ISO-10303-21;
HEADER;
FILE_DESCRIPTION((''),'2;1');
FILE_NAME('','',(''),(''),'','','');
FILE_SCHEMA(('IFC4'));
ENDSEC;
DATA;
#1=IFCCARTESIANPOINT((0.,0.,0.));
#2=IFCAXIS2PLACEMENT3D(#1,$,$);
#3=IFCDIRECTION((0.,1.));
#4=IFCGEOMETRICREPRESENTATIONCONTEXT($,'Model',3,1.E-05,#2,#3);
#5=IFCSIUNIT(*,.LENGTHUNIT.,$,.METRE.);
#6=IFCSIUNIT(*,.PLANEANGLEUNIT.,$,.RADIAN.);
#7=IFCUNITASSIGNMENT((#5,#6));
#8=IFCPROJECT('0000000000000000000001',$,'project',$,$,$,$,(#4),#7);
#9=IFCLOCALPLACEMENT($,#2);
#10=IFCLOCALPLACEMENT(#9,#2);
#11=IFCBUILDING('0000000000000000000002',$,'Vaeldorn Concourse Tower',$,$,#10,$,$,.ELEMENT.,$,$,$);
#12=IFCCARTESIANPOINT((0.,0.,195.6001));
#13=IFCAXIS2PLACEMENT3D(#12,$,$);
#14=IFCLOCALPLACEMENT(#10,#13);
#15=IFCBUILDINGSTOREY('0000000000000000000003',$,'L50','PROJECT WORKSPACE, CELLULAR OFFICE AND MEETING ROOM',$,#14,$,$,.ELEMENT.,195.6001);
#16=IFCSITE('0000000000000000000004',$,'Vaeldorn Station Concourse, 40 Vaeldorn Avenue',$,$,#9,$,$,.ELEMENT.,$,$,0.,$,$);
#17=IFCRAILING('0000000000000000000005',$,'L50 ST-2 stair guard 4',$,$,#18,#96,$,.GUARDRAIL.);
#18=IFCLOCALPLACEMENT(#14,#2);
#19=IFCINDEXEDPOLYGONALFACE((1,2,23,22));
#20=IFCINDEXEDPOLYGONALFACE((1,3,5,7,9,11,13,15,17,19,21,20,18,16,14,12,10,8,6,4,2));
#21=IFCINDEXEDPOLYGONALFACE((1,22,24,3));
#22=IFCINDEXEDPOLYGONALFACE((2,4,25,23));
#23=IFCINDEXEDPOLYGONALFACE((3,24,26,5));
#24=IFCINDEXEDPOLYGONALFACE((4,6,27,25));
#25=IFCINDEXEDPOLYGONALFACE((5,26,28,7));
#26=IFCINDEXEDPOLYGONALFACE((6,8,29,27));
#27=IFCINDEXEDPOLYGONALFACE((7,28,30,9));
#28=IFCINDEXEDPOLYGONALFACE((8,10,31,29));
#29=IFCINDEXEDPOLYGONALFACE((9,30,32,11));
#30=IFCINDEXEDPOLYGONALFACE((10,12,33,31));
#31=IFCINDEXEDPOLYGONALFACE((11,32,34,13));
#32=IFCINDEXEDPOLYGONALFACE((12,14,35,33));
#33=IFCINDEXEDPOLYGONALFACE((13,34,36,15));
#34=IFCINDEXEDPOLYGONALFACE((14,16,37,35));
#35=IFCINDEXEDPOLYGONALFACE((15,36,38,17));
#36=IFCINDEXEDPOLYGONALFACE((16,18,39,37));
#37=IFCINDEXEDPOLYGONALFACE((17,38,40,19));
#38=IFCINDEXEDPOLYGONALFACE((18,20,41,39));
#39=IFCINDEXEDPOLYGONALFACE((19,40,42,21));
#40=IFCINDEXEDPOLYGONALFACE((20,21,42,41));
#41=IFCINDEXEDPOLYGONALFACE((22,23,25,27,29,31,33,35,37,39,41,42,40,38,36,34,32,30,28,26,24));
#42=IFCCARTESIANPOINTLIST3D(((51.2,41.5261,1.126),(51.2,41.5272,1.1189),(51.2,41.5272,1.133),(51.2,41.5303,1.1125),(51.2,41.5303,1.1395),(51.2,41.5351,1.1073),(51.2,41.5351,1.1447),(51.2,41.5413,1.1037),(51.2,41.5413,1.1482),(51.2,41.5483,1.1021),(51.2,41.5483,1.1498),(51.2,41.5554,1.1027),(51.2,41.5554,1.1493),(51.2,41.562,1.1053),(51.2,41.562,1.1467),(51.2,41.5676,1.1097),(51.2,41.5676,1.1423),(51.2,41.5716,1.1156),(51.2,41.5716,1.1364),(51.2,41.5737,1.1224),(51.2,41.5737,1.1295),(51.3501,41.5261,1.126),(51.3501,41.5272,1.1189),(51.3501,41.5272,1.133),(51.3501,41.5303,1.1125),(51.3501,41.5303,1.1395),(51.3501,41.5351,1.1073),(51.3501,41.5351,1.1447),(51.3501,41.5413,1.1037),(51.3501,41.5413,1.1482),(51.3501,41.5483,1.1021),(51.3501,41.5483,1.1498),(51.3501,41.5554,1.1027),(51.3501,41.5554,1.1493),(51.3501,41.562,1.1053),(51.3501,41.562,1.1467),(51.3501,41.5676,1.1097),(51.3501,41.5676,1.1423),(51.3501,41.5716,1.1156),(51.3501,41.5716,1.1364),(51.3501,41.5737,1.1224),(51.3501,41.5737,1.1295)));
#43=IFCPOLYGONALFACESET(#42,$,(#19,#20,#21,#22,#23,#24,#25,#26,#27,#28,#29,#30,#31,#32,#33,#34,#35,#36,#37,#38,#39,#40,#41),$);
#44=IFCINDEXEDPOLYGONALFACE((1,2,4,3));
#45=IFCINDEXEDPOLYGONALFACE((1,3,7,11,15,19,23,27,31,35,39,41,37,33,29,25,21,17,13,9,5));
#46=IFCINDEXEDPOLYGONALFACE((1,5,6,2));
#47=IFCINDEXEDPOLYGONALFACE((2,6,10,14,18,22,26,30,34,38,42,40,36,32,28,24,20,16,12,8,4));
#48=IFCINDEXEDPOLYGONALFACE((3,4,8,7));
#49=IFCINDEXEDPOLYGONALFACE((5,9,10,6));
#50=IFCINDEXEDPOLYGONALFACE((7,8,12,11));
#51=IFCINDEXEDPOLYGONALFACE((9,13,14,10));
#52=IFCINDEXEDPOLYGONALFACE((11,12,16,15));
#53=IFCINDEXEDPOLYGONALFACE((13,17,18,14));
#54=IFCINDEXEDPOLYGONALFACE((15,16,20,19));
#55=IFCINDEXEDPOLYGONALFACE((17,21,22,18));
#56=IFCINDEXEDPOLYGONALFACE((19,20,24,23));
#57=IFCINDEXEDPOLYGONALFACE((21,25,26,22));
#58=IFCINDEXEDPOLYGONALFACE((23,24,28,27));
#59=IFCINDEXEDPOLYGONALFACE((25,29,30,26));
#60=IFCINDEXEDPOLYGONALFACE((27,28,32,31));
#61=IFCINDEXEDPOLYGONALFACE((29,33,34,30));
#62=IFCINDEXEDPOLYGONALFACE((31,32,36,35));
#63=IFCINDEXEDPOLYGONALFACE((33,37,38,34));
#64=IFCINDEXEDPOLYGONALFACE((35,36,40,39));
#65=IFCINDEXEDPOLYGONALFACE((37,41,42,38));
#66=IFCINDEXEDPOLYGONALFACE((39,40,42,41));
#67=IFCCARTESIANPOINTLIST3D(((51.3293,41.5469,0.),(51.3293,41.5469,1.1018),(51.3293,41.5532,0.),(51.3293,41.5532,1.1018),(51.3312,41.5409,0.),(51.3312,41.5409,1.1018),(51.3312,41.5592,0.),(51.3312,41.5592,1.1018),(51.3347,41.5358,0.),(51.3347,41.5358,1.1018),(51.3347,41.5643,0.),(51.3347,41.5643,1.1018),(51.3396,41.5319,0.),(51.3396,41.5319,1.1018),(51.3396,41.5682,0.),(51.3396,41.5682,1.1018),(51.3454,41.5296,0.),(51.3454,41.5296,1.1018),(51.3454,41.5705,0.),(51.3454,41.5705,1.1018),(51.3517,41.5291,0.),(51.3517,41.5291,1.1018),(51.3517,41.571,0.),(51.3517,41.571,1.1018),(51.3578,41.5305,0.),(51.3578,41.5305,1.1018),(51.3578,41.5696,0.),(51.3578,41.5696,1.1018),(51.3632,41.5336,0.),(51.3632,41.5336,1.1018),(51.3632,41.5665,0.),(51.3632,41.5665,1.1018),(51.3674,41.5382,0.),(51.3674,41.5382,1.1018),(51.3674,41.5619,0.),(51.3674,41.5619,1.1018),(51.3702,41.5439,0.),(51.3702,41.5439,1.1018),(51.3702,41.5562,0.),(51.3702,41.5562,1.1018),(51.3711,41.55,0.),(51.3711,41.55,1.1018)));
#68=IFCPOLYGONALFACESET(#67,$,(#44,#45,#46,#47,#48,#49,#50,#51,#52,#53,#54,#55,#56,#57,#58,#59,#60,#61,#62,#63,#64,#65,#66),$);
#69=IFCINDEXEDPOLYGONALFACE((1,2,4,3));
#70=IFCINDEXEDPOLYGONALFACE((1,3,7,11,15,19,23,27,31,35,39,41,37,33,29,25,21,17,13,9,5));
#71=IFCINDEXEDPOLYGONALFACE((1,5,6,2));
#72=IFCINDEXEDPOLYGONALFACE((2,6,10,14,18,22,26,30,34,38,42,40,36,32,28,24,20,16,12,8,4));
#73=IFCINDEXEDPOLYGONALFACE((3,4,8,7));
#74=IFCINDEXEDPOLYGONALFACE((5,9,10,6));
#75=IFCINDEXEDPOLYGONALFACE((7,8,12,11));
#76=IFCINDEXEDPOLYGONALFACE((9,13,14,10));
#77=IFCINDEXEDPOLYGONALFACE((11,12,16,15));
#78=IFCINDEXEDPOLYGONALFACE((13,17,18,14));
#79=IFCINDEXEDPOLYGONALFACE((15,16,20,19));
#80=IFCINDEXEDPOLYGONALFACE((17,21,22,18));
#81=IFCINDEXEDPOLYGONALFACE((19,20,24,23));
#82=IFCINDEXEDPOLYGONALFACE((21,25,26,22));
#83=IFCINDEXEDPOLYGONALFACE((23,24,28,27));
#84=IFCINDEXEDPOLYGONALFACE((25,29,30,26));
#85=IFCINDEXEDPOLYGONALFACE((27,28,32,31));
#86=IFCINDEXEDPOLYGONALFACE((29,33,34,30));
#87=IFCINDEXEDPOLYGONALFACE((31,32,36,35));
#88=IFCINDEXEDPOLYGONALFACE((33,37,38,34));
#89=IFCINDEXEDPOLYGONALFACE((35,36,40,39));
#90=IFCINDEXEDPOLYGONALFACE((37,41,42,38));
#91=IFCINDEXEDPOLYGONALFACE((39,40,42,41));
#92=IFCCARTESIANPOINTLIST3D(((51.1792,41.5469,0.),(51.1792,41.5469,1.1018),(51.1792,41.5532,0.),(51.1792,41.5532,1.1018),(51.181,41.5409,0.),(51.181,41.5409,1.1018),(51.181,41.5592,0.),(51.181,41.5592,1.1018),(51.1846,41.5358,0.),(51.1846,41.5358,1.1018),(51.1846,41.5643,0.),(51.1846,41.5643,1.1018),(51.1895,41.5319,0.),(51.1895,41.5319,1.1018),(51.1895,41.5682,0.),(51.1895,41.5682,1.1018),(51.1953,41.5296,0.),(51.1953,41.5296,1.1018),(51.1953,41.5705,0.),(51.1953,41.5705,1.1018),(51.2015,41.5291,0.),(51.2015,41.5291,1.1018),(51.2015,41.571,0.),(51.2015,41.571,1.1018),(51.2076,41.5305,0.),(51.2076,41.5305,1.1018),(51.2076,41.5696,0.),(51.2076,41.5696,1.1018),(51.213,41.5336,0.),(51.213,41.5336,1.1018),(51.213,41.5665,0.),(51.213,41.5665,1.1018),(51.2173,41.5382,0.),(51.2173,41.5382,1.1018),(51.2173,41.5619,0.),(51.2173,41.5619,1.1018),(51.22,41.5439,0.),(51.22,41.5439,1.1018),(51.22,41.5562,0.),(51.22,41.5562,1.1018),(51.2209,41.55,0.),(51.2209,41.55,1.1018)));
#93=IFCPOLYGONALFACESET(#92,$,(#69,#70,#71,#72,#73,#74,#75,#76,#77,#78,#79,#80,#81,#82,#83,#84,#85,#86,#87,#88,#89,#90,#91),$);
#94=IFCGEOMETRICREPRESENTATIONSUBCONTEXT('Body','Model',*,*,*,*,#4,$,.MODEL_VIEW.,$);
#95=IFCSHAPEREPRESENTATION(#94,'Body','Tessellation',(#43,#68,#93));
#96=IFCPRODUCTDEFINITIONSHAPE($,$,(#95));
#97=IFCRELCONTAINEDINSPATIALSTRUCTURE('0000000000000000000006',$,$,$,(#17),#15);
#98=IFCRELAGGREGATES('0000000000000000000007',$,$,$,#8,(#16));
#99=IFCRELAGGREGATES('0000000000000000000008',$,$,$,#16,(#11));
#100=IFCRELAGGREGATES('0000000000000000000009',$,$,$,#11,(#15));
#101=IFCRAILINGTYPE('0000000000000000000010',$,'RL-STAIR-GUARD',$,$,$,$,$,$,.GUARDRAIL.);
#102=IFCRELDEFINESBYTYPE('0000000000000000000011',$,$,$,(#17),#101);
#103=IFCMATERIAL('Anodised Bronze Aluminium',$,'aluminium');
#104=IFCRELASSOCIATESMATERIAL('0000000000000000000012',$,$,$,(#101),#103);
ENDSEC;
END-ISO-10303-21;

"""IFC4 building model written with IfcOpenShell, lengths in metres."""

from ifc_helpers import new_model, si_unit, direction, frame, origin, origin_2d, place, context, subcontext, project, spatial, circle, extrude, material, type_object, element, save


model = new_model("IFC4")

# Units and contexts
model_context = context("Model", 3, precision=1e-05, world=origin(), true_north=direction((0.0, 1.0)))
body_context = subcontext(model_context, "Body", "Model", "MODEL_VIEW")
ifc_project = project(units=[si_unit("LENGTHUNIT", "METRE"), si_unit("PLANEANGLEUNIT", "RADIAN")], contexts=[model_context])

# Site, building, storey
site_placement = place(None, origin())
site = spatial("IfcSite", under=ifc_project, at=site_placement, Name="Vaeldorn Station Concourse, 40 Vaeldorn Avenue", CompositionType="ELEMENT", RefElevation=0.0)
building_placement = place(site_placement, origin())
building = spatial("IfcBuilding", under=site, at=building_placement, Name="Vaeldorn Concourse Tower", CompositionType="ELEMENT")
storey_placement = place(building_placement, frame((0.0, 0.0, 195.6001)))
storey = spatial("IfcBuildingStorey", under=building, at=storey_placement, Name="L50", Description="PROJECT WORKSPACE, CELLULAR OFFICE AND MEETING ROOM", CompositionType="ELEMENT", Elevation=195.6001)

# Shared definitions
ifc_material_1 = material(Name="Anodised Bronze Aluminium", Category="aluminium")

# Railing
railing_type_1 = type_object("IfcRailingType", Name="RL-STAIR-GUARD", PredefinedType="GUARDRAIL", material=ifc_material_1)
railing_1_placement = place(storey_placement, frame((51.3501, 41.55, 0.0)))
element("IfcRailing", 1, at=railing_1_placement, inside=storey, type_object=railing_type_1, Name="L50 ST-2 stair guard 4", PredefinedType="GUARDRAIL", context=body_context, shape_type="SweptSolid", body=[
    extrude(circle(Radius=0.0239, at=origin_2d()), frame((0.0, 0.0, 1.126), z_axis=(-1.0, 0.0, 0.0), x_axis=(0.0, -1.0, 0.0)), (0.0, 0.0, 1.0), 0.1501),
    extrude(circle(Radius=0.021, at=origin_2d()), origin(), (0.0, 0.0, 1.0), 1.1018),
    extrude(circle(Radius=0.021, at=origin_2d()), frame((-0.1501, 0.0, 0.0)), (0.0, 0.0, 1.0), 1.1018),
])

save(model, "model.ifc")
